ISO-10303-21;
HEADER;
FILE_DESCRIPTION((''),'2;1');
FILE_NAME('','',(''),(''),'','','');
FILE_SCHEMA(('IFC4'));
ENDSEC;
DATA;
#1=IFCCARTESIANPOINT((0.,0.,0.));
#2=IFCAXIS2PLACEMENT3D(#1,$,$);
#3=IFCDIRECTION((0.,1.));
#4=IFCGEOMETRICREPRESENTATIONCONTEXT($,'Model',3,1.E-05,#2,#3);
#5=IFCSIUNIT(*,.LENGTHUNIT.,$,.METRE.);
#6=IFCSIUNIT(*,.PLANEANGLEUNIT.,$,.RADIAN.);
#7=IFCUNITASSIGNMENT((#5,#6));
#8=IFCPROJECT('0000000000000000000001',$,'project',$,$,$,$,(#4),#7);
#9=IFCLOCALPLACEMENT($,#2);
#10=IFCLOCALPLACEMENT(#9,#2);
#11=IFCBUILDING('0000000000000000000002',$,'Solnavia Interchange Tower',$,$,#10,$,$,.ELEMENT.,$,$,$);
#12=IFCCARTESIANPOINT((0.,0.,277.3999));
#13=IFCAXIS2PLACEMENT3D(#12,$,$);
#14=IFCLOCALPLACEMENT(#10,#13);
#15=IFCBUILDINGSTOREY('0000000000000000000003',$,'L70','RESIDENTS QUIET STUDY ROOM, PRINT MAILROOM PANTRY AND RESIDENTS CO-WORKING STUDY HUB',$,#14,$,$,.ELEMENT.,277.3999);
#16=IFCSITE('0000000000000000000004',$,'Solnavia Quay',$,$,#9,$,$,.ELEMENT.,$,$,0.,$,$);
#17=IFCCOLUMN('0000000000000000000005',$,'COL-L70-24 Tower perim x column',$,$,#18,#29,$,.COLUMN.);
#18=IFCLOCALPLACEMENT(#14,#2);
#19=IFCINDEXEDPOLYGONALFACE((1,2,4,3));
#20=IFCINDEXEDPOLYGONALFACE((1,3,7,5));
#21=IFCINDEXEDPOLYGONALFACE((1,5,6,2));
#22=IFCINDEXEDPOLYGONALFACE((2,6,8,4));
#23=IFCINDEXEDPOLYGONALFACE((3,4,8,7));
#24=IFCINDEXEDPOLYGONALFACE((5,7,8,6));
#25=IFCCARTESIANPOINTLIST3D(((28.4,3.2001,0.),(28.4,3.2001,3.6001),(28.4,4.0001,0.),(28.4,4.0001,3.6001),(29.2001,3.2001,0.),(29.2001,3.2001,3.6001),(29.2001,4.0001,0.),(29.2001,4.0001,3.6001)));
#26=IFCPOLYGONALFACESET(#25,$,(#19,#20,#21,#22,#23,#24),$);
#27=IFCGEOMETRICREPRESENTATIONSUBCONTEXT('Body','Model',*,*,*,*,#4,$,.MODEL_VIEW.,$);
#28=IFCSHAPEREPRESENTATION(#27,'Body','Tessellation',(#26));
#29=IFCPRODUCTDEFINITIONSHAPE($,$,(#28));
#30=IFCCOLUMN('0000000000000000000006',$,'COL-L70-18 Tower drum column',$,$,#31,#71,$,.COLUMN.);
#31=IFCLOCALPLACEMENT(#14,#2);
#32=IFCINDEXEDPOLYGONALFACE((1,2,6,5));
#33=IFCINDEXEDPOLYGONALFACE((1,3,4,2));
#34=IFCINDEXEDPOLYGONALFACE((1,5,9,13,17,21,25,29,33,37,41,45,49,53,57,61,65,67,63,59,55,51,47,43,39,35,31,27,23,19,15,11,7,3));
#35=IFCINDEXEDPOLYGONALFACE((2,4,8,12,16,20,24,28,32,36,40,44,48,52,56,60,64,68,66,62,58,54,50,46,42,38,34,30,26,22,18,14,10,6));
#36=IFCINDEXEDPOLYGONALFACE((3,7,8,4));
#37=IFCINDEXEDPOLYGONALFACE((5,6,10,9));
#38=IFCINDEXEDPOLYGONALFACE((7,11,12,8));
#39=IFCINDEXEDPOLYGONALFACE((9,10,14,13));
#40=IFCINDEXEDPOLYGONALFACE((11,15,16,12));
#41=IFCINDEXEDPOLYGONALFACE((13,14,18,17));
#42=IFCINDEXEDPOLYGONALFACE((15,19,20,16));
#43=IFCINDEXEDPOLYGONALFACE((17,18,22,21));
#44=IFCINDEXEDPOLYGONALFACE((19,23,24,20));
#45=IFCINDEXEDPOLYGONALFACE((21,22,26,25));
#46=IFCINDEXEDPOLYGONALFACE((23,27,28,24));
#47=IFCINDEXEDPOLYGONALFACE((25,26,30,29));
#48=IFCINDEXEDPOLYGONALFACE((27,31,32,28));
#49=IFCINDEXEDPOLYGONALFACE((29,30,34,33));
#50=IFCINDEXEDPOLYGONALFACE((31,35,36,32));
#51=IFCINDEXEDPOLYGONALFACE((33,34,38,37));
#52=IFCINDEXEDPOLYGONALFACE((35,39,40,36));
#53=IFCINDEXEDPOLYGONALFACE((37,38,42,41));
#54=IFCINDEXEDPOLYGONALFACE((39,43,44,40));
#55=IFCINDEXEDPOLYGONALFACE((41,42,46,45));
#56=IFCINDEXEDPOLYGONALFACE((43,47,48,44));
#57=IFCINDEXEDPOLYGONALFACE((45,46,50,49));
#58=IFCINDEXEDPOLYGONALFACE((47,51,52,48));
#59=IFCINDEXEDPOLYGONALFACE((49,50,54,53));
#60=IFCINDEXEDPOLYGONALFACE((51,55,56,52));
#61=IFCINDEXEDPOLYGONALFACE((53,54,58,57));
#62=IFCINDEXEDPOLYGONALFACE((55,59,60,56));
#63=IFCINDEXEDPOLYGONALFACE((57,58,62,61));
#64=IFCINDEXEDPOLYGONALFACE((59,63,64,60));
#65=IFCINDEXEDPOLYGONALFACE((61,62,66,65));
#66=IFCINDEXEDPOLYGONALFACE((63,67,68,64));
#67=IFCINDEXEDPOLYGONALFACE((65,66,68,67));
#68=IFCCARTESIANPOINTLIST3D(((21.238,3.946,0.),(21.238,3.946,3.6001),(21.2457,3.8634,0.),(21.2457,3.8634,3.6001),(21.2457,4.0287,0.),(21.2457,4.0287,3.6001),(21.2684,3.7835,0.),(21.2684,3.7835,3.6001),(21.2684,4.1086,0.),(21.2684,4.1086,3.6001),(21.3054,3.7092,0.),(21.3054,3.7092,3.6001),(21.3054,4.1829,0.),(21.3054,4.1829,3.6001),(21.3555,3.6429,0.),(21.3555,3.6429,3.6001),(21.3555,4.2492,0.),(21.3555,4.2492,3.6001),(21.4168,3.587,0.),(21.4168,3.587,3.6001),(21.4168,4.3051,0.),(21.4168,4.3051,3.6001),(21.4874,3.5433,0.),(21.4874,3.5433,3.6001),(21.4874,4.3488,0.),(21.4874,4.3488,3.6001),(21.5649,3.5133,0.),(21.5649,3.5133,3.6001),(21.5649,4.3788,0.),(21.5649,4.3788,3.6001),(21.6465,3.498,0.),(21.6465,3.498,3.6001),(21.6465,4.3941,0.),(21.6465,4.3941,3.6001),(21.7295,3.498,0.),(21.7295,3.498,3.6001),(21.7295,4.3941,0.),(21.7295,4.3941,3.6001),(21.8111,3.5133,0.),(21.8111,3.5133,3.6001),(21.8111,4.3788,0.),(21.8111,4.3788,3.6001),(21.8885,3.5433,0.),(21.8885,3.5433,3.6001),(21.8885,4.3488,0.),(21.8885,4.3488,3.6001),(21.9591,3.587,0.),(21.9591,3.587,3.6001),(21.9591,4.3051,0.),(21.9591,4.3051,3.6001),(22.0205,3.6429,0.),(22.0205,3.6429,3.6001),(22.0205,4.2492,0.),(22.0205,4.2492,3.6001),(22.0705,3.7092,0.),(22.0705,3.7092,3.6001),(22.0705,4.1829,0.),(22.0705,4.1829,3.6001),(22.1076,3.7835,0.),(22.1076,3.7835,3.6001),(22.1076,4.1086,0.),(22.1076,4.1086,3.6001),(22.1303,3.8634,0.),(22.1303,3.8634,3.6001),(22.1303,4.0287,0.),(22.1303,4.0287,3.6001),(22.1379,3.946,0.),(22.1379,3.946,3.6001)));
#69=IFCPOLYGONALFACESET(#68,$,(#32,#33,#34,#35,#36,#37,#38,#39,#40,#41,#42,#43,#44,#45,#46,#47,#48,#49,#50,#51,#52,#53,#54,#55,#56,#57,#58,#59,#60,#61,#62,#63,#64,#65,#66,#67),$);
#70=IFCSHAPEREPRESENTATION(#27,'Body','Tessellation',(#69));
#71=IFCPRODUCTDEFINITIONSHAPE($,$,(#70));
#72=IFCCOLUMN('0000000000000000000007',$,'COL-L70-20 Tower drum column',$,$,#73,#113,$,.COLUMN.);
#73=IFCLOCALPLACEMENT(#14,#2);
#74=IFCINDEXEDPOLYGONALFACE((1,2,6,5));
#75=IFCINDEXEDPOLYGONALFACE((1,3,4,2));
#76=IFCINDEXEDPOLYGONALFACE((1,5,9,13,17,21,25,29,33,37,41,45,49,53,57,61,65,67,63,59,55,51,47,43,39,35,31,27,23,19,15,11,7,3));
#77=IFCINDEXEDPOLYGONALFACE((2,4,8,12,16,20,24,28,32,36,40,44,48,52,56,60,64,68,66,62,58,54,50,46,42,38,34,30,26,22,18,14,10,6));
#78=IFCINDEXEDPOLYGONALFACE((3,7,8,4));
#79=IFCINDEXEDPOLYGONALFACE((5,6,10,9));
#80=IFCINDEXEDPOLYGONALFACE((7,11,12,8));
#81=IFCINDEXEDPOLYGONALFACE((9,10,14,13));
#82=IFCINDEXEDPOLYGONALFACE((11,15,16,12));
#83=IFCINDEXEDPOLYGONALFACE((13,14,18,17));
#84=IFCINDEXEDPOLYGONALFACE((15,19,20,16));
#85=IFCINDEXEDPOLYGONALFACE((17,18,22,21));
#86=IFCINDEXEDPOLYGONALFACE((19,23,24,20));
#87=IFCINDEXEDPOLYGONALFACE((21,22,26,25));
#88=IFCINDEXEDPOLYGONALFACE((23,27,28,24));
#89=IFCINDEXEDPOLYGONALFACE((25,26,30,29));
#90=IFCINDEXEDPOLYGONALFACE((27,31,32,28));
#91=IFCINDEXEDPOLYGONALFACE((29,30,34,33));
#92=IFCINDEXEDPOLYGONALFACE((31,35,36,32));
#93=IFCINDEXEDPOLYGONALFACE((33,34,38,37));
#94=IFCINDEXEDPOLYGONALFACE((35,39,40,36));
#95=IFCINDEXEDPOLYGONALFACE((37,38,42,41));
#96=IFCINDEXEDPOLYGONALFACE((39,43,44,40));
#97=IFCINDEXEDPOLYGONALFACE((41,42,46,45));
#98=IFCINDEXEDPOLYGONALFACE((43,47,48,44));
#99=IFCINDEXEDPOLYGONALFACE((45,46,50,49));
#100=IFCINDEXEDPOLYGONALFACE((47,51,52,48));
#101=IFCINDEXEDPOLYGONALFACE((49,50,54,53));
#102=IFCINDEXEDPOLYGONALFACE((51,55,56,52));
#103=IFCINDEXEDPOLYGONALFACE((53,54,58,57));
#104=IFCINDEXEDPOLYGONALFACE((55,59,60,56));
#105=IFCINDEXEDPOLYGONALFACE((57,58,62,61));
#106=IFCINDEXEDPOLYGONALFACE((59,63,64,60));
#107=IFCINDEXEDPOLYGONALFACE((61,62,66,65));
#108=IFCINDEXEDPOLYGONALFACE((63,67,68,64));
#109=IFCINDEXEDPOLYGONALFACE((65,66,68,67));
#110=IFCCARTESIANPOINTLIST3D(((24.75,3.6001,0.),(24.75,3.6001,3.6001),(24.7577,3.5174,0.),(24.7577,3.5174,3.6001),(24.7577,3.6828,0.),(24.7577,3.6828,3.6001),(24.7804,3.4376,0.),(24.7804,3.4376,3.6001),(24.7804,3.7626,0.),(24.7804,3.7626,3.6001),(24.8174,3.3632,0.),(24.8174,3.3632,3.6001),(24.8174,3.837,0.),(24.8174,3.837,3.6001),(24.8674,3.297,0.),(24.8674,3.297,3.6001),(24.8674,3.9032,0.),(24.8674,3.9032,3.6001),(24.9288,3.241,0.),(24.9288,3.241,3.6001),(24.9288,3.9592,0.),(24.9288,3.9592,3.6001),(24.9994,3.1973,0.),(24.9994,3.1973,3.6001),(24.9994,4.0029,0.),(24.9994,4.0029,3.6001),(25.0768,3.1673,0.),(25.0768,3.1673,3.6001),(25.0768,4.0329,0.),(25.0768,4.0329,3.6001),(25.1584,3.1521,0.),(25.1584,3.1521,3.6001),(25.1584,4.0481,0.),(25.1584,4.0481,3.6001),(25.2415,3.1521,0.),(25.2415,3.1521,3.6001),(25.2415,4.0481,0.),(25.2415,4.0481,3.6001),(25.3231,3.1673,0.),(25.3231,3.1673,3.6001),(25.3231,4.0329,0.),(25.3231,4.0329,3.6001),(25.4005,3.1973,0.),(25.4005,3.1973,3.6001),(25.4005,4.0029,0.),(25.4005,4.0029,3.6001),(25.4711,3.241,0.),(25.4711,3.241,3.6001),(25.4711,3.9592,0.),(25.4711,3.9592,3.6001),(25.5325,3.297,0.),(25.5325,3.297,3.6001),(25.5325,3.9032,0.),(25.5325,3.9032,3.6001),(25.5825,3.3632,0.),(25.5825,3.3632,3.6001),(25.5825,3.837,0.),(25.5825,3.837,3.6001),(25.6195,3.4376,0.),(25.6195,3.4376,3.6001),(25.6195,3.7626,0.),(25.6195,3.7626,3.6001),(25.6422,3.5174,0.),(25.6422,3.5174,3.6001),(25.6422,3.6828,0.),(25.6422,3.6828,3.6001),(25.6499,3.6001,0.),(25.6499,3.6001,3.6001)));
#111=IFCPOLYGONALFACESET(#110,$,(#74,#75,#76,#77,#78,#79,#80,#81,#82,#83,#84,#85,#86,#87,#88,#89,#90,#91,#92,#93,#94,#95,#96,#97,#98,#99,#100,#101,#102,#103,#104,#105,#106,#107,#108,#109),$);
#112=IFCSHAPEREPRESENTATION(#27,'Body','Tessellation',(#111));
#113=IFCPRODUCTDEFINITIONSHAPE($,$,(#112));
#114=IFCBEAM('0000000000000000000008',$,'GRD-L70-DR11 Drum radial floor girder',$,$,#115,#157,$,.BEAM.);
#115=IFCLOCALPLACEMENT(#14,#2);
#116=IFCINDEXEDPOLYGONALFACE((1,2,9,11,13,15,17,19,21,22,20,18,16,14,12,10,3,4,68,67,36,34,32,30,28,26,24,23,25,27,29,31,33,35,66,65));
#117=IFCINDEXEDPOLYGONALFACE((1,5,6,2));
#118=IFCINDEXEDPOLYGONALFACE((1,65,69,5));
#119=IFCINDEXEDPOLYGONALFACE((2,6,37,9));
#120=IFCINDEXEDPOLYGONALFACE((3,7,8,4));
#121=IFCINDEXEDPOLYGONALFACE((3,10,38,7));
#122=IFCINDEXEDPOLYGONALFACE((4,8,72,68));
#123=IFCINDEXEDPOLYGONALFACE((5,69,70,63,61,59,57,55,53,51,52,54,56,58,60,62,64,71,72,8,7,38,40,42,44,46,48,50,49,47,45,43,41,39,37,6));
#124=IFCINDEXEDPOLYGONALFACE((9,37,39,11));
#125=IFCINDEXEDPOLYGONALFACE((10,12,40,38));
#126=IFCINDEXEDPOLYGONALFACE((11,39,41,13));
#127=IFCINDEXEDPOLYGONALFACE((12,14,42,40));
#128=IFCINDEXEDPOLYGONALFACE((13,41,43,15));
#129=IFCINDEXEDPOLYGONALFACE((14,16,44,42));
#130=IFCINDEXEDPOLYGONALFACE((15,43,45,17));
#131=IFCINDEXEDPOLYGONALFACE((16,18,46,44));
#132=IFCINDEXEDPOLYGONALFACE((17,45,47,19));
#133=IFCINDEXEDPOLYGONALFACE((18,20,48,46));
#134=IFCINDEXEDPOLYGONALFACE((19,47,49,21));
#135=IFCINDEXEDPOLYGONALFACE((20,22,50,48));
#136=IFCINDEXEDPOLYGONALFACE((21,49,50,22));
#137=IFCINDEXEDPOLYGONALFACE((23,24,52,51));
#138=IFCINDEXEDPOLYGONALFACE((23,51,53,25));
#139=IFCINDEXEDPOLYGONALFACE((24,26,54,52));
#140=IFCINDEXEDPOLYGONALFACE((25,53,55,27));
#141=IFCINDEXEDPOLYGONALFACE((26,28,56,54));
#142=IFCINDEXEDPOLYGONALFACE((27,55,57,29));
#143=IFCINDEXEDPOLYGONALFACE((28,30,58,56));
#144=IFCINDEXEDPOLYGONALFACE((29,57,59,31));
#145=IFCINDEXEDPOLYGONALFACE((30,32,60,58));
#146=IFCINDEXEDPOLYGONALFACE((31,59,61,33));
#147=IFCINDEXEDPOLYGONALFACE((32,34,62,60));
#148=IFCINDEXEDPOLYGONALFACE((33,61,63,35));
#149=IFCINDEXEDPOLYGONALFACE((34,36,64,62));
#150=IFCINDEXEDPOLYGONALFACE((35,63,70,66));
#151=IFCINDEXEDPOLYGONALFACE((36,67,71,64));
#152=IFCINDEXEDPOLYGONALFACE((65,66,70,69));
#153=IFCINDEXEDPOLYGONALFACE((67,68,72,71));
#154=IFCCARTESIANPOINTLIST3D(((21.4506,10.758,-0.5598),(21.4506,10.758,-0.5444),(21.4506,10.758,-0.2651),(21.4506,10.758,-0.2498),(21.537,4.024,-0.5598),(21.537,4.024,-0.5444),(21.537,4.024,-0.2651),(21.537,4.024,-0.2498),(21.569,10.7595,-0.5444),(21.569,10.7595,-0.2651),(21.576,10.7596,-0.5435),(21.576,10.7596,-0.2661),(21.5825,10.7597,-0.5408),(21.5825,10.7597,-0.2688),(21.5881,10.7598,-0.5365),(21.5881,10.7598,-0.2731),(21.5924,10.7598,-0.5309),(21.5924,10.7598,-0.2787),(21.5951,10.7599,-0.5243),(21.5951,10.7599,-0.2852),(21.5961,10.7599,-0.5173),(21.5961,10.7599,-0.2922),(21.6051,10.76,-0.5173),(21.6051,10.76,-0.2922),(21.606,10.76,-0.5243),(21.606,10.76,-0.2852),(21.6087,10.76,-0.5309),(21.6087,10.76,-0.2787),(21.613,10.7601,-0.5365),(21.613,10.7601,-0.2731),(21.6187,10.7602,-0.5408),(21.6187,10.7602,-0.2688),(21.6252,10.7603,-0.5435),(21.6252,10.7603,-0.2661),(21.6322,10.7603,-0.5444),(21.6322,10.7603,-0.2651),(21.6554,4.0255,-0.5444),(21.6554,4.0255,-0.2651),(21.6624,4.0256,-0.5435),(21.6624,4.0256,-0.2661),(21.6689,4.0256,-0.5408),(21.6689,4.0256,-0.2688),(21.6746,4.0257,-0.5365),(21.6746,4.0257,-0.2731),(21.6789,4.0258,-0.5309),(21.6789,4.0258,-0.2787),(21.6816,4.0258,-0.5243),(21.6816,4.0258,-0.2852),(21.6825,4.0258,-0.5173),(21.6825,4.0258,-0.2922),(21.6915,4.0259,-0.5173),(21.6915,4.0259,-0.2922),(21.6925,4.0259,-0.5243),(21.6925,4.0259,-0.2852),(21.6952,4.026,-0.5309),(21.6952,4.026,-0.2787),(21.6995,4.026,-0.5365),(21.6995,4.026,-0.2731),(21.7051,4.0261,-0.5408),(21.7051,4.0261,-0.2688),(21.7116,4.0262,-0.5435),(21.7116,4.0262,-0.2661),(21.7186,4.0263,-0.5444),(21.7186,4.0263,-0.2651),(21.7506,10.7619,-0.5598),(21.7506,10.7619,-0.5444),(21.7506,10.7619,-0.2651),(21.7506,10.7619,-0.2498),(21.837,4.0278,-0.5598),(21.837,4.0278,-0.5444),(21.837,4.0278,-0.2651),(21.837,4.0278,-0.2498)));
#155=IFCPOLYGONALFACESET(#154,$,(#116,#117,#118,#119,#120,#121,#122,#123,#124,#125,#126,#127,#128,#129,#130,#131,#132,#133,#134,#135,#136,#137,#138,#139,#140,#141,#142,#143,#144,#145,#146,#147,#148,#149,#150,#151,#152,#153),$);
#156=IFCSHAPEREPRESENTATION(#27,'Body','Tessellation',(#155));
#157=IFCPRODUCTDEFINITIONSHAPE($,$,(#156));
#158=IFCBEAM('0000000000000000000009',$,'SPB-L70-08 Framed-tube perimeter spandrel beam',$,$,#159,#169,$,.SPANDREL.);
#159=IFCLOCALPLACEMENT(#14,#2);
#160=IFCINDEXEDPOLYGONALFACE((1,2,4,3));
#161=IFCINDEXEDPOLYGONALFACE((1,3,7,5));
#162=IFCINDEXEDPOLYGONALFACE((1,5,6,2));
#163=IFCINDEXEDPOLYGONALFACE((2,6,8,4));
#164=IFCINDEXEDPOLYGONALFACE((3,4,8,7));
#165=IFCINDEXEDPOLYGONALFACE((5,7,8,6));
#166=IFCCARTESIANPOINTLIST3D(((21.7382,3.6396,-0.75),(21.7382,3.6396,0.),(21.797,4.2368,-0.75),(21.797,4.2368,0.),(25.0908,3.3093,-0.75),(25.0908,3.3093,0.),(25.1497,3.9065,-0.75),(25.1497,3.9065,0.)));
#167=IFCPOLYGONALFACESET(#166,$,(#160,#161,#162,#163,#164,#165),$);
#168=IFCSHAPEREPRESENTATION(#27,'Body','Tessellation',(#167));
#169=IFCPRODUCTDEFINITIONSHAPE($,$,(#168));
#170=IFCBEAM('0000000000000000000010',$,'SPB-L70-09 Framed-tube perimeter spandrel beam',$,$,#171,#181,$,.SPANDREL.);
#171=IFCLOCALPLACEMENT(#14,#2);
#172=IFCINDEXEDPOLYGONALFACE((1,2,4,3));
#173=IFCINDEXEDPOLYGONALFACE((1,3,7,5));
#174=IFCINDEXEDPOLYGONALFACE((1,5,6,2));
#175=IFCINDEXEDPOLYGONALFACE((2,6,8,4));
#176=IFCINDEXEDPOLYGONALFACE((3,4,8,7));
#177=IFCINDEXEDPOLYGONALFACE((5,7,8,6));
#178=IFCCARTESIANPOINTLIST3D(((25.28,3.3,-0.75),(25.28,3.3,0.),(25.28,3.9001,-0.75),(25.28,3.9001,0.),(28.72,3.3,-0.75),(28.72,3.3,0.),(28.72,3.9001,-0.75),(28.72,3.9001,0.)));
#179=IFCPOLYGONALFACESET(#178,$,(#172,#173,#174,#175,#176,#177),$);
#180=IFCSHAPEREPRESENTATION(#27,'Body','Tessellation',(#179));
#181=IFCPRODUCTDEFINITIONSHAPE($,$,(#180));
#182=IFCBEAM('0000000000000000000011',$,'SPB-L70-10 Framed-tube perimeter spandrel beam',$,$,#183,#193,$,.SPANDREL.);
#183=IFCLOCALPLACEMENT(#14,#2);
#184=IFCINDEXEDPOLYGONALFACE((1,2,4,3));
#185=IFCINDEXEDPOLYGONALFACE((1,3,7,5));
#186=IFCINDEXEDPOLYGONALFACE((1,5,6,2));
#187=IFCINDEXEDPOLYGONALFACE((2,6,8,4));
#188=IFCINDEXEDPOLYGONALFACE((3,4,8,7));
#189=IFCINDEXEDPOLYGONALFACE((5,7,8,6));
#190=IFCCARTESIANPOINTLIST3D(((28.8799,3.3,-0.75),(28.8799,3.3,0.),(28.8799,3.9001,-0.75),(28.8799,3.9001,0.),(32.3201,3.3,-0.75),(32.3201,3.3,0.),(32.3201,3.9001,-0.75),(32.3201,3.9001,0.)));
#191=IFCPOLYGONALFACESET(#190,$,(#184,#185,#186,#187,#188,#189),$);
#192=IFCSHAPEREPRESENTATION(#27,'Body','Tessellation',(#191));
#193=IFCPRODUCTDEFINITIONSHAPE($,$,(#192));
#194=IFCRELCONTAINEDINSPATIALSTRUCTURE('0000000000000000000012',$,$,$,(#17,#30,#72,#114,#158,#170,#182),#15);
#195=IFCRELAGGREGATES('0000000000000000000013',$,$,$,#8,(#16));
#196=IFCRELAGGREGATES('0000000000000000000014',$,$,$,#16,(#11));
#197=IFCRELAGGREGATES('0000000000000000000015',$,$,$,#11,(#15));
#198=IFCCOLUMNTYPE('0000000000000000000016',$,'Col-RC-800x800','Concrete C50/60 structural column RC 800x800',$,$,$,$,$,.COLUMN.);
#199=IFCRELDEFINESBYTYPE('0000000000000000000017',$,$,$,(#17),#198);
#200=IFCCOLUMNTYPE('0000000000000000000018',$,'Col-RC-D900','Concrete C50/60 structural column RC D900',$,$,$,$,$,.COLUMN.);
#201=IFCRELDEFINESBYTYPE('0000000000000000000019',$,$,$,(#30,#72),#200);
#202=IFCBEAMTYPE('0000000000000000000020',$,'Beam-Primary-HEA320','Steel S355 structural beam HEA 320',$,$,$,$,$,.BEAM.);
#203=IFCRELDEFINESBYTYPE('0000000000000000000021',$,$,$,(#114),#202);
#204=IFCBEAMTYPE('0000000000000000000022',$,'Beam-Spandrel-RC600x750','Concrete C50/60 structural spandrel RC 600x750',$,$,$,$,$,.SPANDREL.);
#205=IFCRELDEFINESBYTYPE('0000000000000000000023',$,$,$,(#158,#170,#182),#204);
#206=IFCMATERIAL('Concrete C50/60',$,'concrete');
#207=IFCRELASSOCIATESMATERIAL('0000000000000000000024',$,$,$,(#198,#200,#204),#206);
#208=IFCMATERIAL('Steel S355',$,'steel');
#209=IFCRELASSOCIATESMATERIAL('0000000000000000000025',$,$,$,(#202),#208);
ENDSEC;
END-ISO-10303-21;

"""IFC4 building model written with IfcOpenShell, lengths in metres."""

from ifc_helpers import new_model, si_unit, direction, frame, origin, origin_2d, place, context, subcontext, project, spatial, rectangle, circle, i_section, extrude, material, material_profile, profile_set, type_object, element, save


model = new_model("IFC4")

# Units and contexts
model_context = context("Model", 3, precision=1e-05, world=origin(), true_north=direction((0.0, 1.0)))
body_context = subcontext(model_context, "Body", "Model", "MODEL_VIEW")
ifc_project = project(units=[si_unit("LENGTHUNIT", "METRE"), si_unit("PLANEANGLEUNIT", "RADIAN")], contexts=[model_context])

# Site, building, storey
site_placement = place(None, origin())
site = spatial("IfcSite", under=ifc_project, at=site_placement, Name="Solnavia Quay", CompositionType="ELEMENT", RefElevation=0.0)
building_placement = place(site_placement, origin())
building = spatial("IfcBuilding", under=site, at=building_placement, Name="Solnavia Interchange Tower", CompositionType="ELEMENT")
storey_placement = place(building_placement, frame((0.0, 0.0, 277.3999)))
storey = spatial("IfcBuildingStorey", under=building, at=storey_placement, Name="L70", Description="RESIDENTS QUIET STUDY ROOM, PRINT MAILROOM PANTRY AND RESIDENTS CO-WORKING STUDY HUB", CompositionType="ELEMENT", Elevation=277.3999)

# Columns
ifc_material_1 = material(Name="Concrete C50/60", Category="concrete")
ifc_material_profile_1 = material_profile(ifc_material_1, rectangle(XDim=0.8, YDim=0.8, at=origin_2d()), Name="RC 800x800")
ifc_profile_set_1 = profile_set([ifc_material_profile_1], Name="Concrete C50/60")
column_type_1 = type_object("IfcColumnType", Name="Col-RC-800x800", Description="Concrete C50/60 structural column RC 800x800", PredefinedType="COLUMN", material=ifc_profile_set_1)
column_placement = place(storey_placement, frame((28.8, 3.6001, 0.0), z_axis=(0.0, 0.0, 1.0), x_axis=(1.0, 0.0, 0.0)))
element("IfcColumn", 1, at=column_placement, inside=storey, type_object=column_type_1, Name="COL-L70-24 Tower perim x column", PredefinedType="COLUMN", context=body_context, shape_type="SweptSolid", body=[
    extrude(rectangle(XDim=0.8, YDim=0.8, at=origin_2d()), origin(), (0.0, 0.0, 1.0), 3.6001),
])
ifc_material_profile_2 = material_profile(ifc_material_1, circle(Radius=0.45, at=origin_2d()), Name="RC D900")
ifc_profile_set_2 = profile_set([ifc_material_profile_2], Name="Concrete C50/60")
column_type_2 = type_object("IfcColumnType", Name="Col-RC-D900", Description="Concrete C50/60 structural column RC D900", PredefinedType="COLUMN", material=ifc_profile_set_2)
for number, where, z_axis, x_axis, name in (
    (2, (21.688, 3.946, 0.0), (0.0, 0.0, 1.0), (1.0, 0.0, 0.0), "COL-L70-18 Tower drum column"),
    (3, (25.2, 3.6001, 0.0), (0.0, 0.0, 1.0), (1.0, 0.0, 0.0), "COL-L70-20 Tower drum column"),
):
    element("IfcColumn", number, at=place(storey_placement, frame(where, z_axis=z_axis, x_axis=x_axis)), inside=storey, type_object=column_type_2, Name=name, PredefinedType="COLUMN", context=body_context, shape_type="SweptSolid", body=[
        extrude(circle(Radius=0.45, at=origin_2d()), origin(), (0.0, 0.0, 1.0), 3.6001),
    ])

# Beams
ifc_material_2 = material(Name="Steel S355", Category="steel")
ifc_material_profile_3 = material_profile(ifc_material_2, i_section(OverallWidth=0.3, OverallDepth=0.3101, WebThickness=0.009, FlangeThickness=0.0154, FilletRadius=0.0271, at=origin_2d()), Name="HEA 320")
ifc_profile_set_3 = profile_set([ifc_material_profile_3], Name="Steel S355")
beam_type_1 = type_object("IfcBeamType", Name="Beam-Primary-HEA320", Description="Steel S355 structural beam HEA 320", PredefinedType="BEAM", material=ifc_profile_set_3)
beam_1_placement = place(storey_placement, frame((21.687, 4.0259, -0.4048), z_axis=(-0.012833, 0.999918, 0.0), x_axis=(-0.999918, -0.012833, 0.0)))
element("IfcBeam", 4, at=beam_1_placement, inside=storey, type_object=beam_type_1, Name="GRD-L70-DR11 Drum radial floor girder", PredefinedType="BEAM", context=body_context, shape_type="SweptSolid", body=[
    extrude(i_section(OverallWidth=0.3, OverallDepth=0.3101, WebThickness=0.009, FlangeThickness=0.0154, FilletRadius=0.0271, at=origin_2d()), origin(), (0.0, 0.0, 1.0), 6.7346),
])
ifc_material_profile_4 = material_profile(ifc_material_1, rectangle(XDim=0.6001, YDim=0.75, at=origin_2d()), Name="RC 600x750")
ifc_profile_set_4 = profile_set([ifc_material_profile_4], Name="Concrete C50/60")
beam_type_2 = type_object("IfcBeamType", Name="Beam-Spandrel-RC600x750", Description="Concrete C50/60 structural spandrel RC 600x750", PredefinedType="SPANDREL", material=ifc_profile_set_4)
beam_2_placement = place(storey_placement, frame((21.7676, 3.9382, -0.375), z_axis=(0.995182, -0.098047, 0.0), x_axis=(0.098047, 0.995182, 0.0)))
element("IfcBeam", 5, at=beam_2_placement, inside=storey, type_object=beam_type_2, Name="SPB-L70-08 Framed-tube perimeter spandrel beam", PredefinedType="SPANDREL", context=body_context, shape_type="SweptSolid", body=[
    extrude(rectangle(XDim=0.6001, YDim=0.75, at=origin_2d()), origin(), (0.0, 0.0, 1.0), 3.3689),
])
beam_3_placement = place(storey_placement, frame((25.28, 3.6001, -0.375), z_axis=(1.0, 0.0, 0.0), x_axis=(0.0, 1.0, 0.0)))
element("IfcBeam", 6, at=beam_3_placement, inside=storey, type_object=beam_type_2, Name="SPB-L70-09 Framed-tube perimeter spandrel beam", PredefinedType="SPANDREL", context=body_context, shape_type="SweptSolid", body=[
    extrude(rectangle(XDim=0.6001, YDim=0.75, at=origin_2d()), origin(), (0.0, 0.0, 1.0), 3.4399),
])
beam_4_placement = place(storey_placement, frame((28.8799, 3.6001, -0.375), z_axis=(1.0, 0.0, 0.0), x_axis=(0.0, 1.0, 0.0)))
element("IfcBeam", 7, at=beam_4_placement, inside=storey, type_object=beam_type_2, Name="SPB-L70-10 Framed-tube perimeter spandrel beam", PredefinedType="SPANDREL", context=body_context, shape_type="SweptSolid", body=[
    extrude(rectangle(XDim=0.6001, YDim=0.75, at=origin_2d()), origin(), (0.0, 0.0, 1.0), 3.4402),
])

save(model, "model.ifc")
